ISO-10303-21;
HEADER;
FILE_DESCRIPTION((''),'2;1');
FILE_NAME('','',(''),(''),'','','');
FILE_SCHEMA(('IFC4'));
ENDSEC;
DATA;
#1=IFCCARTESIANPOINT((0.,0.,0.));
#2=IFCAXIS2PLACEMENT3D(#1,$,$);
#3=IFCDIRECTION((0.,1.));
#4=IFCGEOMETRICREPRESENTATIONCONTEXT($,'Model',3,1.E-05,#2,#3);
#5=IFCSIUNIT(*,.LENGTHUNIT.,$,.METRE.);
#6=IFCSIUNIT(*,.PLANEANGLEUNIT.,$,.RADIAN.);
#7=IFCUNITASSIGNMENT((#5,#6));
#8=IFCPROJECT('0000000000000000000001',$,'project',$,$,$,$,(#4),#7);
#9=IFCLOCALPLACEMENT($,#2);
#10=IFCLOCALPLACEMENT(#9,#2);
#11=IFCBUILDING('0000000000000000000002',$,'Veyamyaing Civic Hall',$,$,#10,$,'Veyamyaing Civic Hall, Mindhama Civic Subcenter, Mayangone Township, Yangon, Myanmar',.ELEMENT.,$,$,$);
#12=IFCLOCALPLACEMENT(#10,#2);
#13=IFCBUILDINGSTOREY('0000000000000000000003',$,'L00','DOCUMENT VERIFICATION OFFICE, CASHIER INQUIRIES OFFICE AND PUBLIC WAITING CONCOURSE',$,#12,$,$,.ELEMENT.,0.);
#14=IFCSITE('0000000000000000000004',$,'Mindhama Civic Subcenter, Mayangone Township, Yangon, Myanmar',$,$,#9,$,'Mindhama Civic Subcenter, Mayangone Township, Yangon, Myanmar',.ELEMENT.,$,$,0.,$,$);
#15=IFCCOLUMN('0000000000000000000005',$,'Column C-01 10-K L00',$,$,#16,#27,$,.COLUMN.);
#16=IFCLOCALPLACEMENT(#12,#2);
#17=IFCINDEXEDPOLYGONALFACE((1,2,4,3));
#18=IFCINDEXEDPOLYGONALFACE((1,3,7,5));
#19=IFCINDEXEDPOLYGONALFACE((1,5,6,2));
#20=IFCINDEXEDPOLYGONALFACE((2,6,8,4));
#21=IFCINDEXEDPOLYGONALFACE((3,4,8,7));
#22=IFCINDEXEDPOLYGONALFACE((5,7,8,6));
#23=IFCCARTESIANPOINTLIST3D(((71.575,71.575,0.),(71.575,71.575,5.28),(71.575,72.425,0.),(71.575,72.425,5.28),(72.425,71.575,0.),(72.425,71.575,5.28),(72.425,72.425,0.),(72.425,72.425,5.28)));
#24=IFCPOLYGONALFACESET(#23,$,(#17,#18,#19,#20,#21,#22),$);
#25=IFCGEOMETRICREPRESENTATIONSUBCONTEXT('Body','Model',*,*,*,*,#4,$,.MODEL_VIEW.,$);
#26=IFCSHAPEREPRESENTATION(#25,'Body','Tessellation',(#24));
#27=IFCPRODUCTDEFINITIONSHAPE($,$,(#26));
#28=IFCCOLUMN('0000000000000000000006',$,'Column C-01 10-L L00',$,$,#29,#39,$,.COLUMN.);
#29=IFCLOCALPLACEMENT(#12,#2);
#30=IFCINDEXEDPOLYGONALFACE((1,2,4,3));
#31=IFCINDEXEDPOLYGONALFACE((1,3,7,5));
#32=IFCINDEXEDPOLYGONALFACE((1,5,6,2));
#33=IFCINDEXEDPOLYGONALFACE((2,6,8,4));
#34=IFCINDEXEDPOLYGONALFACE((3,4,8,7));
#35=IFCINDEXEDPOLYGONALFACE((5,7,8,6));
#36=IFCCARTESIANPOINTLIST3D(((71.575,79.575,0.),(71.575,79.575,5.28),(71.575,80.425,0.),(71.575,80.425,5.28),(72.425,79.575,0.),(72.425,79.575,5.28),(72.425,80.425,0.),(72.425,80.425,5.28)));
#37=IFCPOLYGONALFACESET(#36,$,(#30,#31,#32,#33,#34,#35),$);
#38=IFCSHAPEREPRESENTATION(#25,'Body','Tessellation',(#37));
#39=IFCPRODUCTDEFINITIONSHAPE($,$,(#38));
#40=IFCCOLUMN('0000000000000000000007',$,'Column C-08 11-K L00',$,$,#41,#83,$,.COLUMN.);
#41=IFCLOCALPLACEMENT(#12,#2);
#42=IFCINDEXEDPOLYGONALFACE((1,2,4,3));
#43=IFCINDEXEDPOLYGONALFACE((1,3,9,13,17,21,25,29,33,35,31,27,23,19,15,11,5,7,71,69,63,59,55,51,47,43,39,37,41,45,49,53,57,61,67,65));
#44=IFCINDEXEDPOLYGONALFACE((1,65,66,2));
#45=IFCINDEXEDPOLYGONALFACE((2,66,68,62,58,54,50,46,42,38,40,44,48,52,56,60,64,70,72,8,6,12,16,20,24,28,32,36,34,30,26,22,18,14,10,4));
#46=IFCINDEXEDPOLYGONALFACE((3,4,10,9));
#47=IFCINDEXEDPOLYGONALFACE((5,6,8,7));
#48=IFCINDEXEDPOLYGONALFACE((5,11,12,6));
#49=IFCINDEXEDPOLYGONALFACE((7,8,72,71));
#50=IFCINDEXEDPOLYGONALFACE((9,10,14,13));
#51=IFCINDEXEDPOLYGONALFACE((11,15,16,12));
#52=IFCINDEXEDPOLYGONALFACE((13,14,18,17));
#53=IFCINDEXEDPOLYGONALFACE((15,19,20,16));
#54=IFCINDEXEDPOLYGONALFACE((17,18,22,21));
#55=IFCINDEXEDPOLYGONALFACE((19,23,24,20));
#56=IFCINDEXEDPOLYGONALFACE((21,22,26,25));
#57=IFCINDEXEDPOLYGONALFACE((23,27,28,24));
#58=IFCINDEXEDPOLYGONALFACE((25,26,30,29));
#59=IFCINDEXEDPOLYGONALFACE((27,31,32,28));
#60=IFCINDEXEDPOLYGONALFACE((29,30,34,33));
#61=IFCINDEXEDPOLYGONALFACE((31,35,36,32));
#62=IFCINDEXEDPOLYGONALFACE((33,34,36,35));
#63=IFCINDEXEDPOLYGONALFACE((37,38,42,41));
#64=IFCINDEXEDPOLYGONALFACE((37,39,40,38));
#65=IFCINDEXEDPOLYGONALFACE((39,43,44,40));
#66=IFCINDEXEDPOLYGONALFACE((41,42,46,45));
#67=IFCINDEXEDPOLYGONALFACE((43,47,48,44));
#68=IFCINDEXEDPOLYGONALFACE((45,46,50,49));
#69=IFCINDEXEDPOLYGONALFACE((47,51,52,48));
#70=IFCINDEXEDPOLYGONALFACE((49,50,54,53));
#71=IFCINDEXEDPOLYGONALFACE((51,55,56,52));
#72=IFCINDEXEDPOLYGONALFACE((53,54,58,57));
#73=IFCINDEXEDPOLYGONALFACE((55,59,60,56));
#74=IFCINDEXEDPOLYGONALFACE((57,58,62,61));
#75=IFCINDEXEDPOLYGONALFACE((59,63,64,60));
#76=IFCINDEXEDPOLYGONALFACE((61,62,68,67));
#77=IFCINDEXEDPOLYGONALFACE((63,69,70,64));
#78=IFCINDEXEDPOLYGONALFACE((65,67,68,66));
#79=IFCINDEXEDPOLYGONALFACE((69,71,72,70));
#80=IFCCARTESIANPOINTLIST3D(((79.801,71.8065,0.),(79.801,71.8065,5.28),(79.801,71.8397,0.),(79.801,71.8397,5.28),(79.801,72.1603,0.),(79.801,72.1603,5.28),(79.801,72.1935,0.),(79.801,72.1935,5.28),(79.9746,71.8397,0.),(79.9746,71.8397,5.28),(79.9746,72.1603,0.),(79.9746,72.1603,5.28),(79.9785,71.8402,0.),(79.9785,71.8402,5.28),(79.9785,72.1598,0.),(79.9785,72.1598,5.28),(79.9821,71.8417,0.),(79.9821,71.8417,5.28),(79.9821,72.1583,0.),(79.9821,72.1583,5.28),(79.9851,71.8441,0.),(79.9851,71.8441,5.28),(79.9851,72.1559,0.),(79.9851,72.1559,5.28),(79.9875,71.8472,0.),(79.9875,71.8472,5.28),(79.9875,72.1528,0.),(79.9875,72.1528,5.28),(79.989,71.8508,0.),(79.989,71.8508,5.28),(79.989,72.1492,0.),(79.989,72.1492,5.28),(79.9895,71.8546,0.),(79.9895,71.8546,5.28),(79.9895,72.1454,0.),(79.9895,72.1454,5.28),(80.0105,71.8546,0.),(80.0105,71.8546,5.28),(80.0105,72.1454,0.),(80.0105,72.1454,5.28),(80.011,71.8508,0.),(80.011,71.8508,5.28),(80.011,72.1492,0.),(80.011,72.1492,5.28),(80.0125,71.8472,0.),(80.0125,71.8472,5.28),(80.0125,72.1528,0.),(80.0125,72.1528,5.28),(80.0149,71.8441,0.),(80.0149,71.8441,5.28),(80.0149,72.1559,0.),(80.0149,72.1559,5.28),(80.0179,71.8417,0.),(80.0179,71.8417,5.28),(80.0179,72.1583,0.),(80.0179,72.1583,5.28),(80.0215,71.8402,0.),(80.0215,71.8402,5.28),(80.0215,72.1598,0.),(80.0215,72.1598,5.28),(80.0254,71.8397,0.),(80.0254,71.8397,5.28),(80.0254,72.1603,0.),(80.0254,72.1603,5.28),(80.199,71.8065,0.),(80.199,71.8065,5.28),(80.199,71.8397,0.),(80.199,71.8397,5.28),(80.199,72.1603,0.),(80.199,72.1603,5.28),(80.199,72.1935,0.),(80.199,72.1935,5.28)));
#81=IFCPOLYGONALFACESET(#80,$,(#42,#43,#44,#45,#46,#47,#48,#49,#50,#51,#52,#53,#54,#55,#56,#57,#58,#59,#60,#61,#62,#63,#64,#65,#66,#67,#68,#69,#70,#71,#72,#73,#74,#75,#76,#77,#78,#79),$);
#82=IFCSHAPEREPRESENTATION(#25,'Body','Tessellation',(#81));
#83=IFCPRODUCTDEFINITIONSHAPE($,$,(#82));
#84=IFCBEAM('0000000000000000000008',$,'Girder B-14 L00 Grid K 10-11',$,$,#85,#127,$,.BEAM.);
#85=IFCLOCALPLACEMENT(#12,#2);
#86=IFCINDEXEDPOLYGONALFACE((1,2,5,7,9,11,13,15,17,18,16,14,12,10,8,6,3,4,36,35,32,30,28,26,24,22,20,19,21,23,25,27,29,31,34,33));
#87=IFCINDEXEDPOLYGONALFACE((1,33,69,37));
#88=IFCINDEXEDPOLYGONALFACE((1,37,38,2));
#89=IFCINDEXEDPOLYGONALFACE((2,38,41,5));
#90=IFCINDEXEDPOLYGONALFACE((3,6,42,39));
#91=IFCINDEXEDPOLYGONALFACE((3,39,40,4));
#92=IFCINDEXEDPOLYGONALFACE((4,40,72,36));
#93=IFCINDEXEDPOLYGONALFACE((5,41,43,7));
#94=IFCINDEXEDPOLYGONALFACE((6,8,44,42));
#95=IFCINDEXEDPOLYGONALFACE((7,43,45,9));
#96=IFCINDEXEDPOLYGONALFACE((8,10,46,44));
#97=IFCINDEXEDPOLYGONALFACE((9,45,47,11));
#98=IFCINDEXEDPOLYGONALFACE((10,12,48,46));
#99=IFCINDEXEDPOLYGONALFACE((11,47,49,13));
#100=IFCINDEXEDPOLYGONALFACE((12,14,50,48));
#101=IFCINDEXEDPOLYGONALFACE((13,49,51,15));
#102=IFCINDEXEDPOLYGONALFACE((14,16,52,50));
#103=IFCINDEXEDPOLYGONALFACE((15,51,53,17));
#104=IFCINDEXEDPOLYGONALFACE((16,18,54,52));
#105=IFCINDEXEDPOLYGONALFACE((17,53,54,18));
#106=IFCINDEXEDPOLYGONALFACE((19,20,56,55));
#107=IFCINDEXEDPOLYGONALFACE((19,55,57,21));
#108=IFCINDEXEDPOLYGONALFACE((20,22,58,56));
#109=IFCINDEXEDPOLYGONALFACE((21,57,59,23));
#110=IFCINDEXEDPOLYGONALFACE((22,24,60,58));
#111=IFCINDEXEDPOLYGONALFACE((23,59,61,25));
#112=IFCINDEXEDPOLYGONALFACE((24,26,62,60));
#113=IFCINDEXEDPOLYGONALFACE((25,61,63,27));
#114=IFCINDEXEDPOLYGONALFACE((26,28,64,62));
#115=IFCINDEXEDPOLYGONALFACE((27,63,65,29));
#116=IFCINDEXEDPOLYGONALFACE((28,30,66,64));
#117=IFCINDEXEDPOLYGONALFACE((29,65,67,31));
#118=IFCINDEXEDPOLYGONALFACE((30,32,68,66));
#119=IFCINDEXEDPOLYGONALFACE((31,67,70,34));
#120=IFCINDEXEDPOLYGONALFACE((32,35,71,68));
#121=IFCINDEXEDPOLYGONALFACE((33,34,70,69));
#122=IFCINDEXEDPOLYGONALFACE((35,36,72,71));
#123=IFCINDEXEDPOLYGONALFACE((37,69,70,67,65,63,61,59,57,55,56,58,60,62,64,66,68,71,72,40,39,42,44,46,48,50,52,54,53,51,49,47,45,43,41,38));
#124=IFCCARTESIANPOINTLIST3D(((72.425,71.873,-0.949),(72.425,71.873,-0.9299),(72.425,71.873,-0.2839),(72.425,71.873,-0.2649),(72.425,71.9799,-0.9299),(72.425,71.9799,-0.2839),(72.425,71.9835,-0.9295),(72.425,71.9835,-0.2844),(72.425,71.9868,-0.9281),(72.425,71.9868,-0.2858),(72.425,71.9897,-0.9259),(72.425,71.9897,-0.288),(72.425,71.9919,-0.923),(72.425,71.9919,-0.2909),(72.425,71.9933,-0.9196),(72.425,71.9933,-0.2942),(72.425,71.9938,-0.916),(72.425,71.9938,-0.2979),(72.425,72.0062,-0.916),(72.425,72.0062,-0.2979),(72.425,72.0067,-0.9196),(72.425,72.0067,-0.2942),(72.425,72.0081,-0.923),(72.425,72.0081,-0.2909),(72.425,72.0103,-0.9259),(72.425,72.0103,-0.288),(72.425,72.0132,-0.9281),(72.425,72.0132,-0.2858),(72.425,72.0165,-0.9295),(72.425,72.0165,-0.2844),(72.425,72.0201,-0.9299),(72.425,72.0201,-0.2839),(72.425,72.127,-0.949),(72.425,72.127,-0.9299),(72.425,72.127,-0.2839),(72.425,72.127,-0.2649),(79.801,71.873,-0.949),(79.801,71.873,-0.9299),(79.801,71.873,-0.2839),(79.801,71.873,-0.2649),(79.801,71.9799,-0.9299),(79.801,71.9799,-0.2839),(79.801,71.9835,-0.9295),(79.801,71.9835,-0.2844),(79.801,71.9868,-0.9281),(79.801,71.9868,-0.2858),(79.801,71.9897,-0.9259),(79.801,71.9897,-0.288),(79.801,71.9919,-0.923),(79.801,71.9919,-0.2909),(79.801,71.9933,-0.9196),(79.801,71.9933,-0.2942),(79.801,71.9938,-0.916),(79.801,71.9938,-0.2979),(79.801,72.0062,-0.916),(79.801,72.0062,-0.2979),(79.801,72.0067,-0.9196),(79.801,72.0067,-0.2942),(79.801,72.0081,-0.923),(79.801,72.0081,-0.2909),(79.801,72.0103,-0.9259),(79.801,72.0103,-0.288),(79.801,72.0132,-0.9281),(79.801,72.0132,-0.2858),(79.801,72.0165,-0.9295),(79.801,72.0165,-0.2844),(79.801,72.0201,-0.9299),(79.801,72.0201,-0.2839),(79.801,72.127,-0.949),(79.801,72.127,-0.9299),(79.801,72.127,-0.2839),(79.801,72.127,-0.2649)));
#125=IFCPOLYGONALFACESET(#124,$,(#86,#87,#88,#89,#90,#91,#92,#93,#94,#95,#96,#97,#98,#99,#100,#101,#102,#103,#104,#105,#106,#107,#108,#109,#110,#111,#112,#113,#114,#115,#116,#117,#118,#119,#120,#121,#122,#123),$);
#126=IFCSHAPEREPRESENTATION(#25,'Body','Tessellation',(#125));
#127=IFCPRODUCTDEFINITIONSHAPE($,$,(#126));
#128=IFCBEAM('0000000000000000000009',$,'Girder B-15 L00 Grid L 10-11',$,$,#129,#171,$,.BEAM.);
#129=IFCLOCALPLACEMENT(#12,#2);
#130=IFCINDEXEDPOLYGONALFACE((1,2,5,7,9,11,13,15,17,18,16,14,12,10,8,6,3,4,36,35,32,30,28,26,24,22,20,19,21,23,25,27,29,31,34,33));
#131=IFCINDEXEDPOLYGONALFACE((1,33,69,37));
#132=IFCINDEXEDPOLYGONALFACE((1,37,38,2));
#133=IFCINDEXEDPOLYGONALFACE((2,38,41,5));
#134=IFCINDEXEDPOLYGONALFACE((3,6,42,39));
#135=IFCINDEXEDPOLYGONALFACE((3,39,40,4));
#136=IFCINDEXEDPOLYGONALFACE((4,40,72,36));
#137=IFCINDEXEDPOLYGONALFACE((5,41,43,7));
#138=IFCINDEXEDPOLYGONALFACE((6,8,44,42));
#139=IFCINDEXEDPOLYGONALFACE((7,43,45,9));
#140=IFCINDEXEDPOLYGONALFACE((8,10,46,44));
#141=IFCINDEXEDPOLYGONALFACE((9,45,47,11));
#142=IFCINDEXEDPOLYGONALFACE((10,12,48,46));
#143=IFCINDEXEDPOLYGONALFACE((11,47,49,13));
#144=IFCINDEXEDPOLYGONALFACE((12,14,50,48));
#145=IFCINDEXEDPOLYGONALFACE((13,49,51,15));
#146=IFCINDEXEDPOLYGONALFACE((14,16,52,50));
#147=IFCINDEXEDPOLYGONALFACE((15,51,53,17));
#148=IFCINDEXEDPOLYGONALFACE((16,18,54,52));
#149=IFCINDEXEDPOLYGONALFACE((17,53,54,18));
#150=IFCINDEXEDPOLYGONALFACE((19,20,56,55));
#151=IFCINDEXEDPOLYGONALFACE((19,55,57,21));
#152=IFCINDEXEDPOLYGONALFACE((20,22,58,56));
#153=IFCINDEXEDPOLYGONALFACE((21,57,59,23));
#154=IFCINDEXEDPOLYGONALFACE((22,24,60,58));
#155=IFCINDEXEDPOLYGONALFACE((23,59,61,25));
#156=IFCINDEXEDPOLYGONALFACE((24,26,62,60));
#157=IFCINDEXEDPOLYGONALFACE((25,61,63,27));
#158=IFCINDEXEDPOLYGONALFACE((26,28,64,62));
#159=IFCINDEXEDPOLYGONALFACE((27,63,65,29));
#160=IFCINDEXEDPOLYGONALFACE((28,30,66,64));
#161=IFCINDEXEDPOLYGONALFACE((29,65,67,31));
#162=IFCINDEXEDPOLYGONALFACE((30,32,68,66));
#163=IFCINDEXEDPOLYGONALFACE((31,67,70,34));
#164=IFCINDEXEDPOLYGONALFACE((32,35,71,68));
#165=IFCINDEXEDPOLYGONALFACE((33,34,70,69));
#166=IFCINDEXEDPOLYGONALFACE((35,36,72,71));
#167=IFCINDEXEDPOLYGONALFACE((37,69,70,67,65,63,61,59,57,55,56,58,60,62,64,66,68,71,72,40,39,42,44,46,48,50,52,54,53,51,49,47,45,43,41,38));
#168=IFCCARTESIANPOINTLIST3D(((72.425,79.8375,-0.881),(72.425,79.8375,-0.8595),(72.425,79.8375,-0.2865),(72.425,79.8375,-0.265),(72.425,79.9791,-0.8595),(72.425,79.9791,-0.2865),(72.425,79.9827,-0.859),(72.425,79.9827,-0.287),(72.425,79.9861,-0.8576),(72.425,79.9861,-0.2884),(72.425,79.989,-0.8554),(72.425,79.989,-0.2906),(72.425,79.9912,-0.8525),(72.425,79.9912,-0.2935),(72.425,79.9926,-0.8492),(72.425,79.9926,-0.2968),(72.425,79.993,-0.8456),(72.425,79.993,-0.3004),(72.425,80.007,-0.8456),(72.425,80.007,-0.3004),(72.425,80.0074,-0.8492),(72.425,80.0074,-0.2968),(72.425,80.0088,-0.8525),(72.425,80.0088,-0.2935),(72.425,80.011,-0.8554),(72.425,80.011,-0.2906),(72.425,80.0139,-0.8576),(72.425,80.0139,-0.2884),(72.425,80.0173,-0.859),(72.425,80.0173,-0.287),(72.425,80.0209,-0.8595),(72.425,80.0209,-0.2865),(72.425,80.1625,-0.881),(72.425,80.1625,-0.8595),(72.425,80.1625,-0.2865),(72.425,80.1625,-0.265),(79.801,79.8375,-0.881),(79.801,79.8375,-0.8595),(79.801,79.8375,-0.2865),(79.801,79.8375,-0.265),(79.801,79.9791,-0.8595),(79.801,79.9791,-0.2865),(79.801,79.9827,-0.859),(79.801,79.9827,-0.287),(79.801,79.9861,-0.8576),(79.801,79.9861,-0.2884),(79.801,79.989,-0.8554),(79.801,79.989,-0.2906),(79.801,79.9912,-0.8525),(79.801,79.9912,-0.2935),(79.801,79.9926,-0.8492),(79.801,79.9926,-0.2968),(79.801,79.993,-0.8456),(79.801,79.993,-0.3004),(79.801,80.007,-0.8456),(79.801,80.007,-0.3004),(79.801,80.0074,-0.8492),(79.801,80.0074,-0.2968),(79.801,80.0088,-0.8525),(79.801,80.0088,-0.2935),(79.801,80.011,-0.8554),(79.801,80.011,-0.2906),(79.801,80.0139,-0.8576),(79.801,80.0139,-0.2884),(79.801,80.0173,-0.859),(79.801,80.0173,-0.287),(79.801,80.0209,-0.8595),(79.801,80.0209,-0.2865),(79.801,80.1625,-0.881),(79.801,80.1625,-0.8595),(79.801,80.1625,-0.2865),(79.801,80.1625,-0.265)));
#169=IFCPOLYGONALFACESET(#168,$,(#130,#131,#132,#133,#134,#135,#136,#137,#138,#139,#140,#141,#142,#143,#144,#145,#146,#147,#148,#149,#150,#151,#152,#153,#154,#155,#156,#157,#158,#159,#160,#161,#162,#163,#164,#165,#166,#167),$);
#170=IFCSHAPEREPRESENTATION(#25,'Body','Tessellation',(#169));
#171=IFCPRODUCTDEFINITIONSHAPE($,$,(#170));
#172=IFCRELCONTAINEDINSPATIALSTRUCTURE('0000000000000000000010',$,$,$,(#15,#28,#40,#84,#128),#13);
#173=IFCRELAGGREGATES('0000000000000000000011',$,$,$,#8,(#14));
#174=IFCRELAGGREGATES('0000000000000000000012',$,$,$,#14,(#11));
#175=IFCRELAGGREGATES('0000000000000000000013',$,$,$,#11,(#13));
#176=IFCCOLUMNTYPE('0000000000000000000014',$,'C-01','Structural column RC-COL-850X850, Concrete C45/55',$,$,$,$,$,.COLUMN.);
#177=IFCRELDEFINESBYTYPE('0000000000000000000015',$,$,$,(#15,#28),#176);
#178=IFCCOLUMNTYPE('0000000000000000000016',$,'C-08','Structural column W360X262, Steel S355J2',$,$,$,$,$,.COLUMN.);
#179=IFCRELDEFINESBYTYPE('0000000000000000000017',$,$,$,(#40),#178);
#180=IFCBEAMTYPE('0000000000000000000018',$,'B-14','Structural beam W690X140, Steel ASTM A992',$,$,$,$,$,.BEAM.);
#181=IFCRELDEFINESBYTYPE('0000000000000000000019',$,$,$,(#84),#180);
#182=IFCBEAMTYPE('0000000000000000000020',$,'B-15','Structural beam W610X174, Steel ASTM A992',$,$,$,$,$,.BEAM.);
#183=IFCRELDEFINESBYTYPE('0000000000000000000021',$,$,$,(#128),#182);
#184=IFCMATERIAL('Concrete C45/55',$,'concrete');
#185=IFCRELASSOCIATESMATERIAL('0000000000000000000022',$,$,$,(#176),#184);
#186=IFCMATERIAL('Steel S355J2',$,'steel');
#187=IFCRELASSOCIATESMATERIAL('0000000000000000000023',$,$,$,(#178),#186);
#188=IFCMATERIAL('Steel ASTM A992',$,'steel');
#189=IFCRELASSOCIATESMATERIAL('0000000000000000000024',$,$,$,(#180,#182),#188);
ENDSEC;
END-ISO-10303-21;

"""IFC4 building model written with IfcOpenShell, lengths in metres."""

from ifc_helpers import new_model, si_unit, direction, frame, origin, origin_2d, place, context, subcontext, project, spatial, rectangle, i_section, extrude, material, material_profile, profile_set, type_object, element, save


model = new_model("IFC4")

# Units and contexts
model_context = context("Model", 3, precision=1e-05, world=origin(), true_north=direction((0.0, 1.0)))
body_context = subcontext(model_context, "Body", "Model", "MODEL_VIEW")
ifc_project = project(units=[si_unit("LENGTHUNIT", "METRE"), si_unit("PLANEANGLEUNIT", "RADIAN")], contexts=[model_context])

# Site, building, storey
site_placement = place(None, origin())
site = spatial("IfcSite", under=ifc_project, at=site_placement, Name="Mindhama Civic Subcenter, Mayangone Township, Yangon, Myanmar", LongName="Mindhama Civic Subcenter, Mayangone Township, Yangon, Myanmar", CompositionType="ELEMENT", RefElevation=0.0)
building_placement = place(site_placement, origin())
building = spatial("IfcBuilding", under=site, at=building_placement, Name="Veyamyaing Civic Hall", LongName="Veyamyaing Civic Hall, Mindhama Civic Subcenter, Mayangone Township, Yangon, Myanmar", CompositionType="ELEMENT")
storey_placement = place(building_placement, origin())
storey = spatial("IfcBuildingStorey", under=building, at=storey_placement, Name="L00", Description="DOCUMENT VERIFICATION OFFICE, CASHIER INQUIRIES OFFICE AND PUBLIC WAITING CONCOURSE", CompositionType="ELEMENT", Elevation=0.0)

# Columns
ifc_material_1 = material(Name="Concrete C45/55", Category="concrete")
ifc_material_profile_1 = material_profile(ifc_material_1, rectangle(XDim=0.8501, YDim=0.8501, at=origin_2d()), Name="RC-COL-850X850")
ifc_profile_set_1 = profile_set([ifc_material_profile_1], Name="Concrete C45/55")
column_type_1 = type_object("IfcColumnType", Name="C-01", Description="Structural column RC-COL-850X850, Concrete C45/55", PredefinedType="COLUMN", material=ifc_profile_set_1)
for number, where, z_axis, x_axis, name in (
    (1, (72.0, 72.0, 0.0), (0.0, 0.0, 1.0), (1.0, 0.0, 0.0), "Column C-01 10-K L00"),
    (2, (72.0, 80.0, 0.0), (0.0, 0.0, 1.0), (1.0, 0.0, 0.0), "Column C-01 10-L L00"),
):
    element("IfcColumn", number, at=place(storey_placement, frame(where, z_axis=z_axis, x_axis=x_axis)), inside=storey, type_object=column_type_1, Name=name, PredefinedType="COLUMN", context=body_context, shape_type="SweptSolid", body=[
        extrude(rectangle(XDim=0.8501, YDim=0.8501, at=origin_2d()), origin(), (0.0, 0.0, 1.0), 5.28),
    ])
ifc_material_2 = material(Name="Steel S355J2", Category="steel")
ifc_material_profile_2 = material_profile(ifc_material_2, i_section(OverallWidth=0.3979, OverallDepth=0.387, WebThickness=0.021, FlangeThickness=0.0332, FilletRadius=0.0149, at=origin_2d()), Name="W360X262")
ifc_profile_set_2 = profile_set([ifc_material_profile_2], Name="Steel S355J2")
column_type_2 = type_object("IfcColumnType", Name="C-08", Description="Structural column W360X262, Steel S355J2", PredefinedType="COLUMN", material=ifc_profile_set_2)
column_placement = place(storey_placement, frame((80.0, 72.0, 0.0), z_axis=(0.0, 0.0, 1.0), x_axis=(1.0, 0.0, 0.0)))
element("IfcColumn", 3, at=column_placement, inside=storey, type_object=column_type_2, Name="Column C-08 11-K L00", PredefinedType="COLUMN", context=body_context, shape_type="SweptSolid", body=[
    extrude(i_section(OverallWidth=0.3979, OverallDepth=0.387, WebThickness=0.021, FlangeThickness=0.0332, FilletRadius=0.0149, at=origin_2d()), origin(), (0.0, 0.0, 1.0), 5.28),
])

# Beams
ifc_material_3 = material(Name="Steel ASTM A992", Category="steel")
ifc_material_profile_3 = material_profile(ifc_material_3, i_section(OverallWidth=0.2539, OverallDepth=0.6841, WebThickness=0.0125, FlangeThickness=0.019, FilletRadius=0.0139, at=origin_2d()), Name="W690X140")
ifc_profile_set_3 = profile_set([ifc_material_profile_3], Name="Steel ASTM A992")
beam_type_1 = type_object("IfcBeamType", Name="B-14", Description="Structural beam W690X140, Steel ASTM A992", PredefinedType="BEAM", material=ifc_profile_set_3)
beam_1_placement = place(storey_placement, frame((72.425, 72.0, -0.6069), z_axis=(1.0, 0.0, 0.0), x_axis=(0.0, 1.0, 0.0)))
element("IfcBeam", 4, at=beam_1_placement, inside=storey, type_object=beam_type_1, Name="Girder B-14 L00 Grid K 10-11", PredefinedType="BEAM", context=body_context, shape_type="SweptSolid", body=[
    extrude(i_section(OverallWidth=0.2539, OverallDepth=0.6841, WebThickness=0.0125, FlangeThickness=0.019, FilletRadius=0.0139, at=origin_2d()), origin(), (0.0, 0.0, 1.0), 7.376),
])
ifc_material_profile_4 = material_profile(ifc_material_3, i_section(OverallWidth=0.325, OverallDepth=0.616, WebThickness=0.0139, FlangeThickness=0.0215, FilletRadius=0.0139, at=origin_2d()), Name="W610X174")
ifc_profile_set_4 = profile_set([ifc_material_profile_4], Name="Steel ASTM A992")
beam_type_2 = type_object("IfcBeamType", Name="B-15", Description="Structural beam W610X174, Steel ASTM A992", PredefinedType="BEAM", material=ifc_profile_set_4)
beam_2_placement = place(storey_placement, frame((72.425, 80.0, -0.573), z_axis=(1.0, 0.0, 0.0), x_axis=(0.0, 1.0, 0.0)))
element("IfcBeam", 5, at=beam_2_placement, inside=storey, type_object=beam_type_2, Name="Girder B-15 L00 Grid L 10-11", PredefinedType="BEAM", context=body_context, shape_type="SweptSolid", body=[
    extrude(i_section(OverallWidth=0.325, OverallDepth=0.616, WebThickness=0.0139, FlangeThickness=0.0215, FilletRadius=0.0139, at=origin_2d()), origin(), (0.0, 0.0, 1.0), 7.376),
])

save(model, "model.ifc")
